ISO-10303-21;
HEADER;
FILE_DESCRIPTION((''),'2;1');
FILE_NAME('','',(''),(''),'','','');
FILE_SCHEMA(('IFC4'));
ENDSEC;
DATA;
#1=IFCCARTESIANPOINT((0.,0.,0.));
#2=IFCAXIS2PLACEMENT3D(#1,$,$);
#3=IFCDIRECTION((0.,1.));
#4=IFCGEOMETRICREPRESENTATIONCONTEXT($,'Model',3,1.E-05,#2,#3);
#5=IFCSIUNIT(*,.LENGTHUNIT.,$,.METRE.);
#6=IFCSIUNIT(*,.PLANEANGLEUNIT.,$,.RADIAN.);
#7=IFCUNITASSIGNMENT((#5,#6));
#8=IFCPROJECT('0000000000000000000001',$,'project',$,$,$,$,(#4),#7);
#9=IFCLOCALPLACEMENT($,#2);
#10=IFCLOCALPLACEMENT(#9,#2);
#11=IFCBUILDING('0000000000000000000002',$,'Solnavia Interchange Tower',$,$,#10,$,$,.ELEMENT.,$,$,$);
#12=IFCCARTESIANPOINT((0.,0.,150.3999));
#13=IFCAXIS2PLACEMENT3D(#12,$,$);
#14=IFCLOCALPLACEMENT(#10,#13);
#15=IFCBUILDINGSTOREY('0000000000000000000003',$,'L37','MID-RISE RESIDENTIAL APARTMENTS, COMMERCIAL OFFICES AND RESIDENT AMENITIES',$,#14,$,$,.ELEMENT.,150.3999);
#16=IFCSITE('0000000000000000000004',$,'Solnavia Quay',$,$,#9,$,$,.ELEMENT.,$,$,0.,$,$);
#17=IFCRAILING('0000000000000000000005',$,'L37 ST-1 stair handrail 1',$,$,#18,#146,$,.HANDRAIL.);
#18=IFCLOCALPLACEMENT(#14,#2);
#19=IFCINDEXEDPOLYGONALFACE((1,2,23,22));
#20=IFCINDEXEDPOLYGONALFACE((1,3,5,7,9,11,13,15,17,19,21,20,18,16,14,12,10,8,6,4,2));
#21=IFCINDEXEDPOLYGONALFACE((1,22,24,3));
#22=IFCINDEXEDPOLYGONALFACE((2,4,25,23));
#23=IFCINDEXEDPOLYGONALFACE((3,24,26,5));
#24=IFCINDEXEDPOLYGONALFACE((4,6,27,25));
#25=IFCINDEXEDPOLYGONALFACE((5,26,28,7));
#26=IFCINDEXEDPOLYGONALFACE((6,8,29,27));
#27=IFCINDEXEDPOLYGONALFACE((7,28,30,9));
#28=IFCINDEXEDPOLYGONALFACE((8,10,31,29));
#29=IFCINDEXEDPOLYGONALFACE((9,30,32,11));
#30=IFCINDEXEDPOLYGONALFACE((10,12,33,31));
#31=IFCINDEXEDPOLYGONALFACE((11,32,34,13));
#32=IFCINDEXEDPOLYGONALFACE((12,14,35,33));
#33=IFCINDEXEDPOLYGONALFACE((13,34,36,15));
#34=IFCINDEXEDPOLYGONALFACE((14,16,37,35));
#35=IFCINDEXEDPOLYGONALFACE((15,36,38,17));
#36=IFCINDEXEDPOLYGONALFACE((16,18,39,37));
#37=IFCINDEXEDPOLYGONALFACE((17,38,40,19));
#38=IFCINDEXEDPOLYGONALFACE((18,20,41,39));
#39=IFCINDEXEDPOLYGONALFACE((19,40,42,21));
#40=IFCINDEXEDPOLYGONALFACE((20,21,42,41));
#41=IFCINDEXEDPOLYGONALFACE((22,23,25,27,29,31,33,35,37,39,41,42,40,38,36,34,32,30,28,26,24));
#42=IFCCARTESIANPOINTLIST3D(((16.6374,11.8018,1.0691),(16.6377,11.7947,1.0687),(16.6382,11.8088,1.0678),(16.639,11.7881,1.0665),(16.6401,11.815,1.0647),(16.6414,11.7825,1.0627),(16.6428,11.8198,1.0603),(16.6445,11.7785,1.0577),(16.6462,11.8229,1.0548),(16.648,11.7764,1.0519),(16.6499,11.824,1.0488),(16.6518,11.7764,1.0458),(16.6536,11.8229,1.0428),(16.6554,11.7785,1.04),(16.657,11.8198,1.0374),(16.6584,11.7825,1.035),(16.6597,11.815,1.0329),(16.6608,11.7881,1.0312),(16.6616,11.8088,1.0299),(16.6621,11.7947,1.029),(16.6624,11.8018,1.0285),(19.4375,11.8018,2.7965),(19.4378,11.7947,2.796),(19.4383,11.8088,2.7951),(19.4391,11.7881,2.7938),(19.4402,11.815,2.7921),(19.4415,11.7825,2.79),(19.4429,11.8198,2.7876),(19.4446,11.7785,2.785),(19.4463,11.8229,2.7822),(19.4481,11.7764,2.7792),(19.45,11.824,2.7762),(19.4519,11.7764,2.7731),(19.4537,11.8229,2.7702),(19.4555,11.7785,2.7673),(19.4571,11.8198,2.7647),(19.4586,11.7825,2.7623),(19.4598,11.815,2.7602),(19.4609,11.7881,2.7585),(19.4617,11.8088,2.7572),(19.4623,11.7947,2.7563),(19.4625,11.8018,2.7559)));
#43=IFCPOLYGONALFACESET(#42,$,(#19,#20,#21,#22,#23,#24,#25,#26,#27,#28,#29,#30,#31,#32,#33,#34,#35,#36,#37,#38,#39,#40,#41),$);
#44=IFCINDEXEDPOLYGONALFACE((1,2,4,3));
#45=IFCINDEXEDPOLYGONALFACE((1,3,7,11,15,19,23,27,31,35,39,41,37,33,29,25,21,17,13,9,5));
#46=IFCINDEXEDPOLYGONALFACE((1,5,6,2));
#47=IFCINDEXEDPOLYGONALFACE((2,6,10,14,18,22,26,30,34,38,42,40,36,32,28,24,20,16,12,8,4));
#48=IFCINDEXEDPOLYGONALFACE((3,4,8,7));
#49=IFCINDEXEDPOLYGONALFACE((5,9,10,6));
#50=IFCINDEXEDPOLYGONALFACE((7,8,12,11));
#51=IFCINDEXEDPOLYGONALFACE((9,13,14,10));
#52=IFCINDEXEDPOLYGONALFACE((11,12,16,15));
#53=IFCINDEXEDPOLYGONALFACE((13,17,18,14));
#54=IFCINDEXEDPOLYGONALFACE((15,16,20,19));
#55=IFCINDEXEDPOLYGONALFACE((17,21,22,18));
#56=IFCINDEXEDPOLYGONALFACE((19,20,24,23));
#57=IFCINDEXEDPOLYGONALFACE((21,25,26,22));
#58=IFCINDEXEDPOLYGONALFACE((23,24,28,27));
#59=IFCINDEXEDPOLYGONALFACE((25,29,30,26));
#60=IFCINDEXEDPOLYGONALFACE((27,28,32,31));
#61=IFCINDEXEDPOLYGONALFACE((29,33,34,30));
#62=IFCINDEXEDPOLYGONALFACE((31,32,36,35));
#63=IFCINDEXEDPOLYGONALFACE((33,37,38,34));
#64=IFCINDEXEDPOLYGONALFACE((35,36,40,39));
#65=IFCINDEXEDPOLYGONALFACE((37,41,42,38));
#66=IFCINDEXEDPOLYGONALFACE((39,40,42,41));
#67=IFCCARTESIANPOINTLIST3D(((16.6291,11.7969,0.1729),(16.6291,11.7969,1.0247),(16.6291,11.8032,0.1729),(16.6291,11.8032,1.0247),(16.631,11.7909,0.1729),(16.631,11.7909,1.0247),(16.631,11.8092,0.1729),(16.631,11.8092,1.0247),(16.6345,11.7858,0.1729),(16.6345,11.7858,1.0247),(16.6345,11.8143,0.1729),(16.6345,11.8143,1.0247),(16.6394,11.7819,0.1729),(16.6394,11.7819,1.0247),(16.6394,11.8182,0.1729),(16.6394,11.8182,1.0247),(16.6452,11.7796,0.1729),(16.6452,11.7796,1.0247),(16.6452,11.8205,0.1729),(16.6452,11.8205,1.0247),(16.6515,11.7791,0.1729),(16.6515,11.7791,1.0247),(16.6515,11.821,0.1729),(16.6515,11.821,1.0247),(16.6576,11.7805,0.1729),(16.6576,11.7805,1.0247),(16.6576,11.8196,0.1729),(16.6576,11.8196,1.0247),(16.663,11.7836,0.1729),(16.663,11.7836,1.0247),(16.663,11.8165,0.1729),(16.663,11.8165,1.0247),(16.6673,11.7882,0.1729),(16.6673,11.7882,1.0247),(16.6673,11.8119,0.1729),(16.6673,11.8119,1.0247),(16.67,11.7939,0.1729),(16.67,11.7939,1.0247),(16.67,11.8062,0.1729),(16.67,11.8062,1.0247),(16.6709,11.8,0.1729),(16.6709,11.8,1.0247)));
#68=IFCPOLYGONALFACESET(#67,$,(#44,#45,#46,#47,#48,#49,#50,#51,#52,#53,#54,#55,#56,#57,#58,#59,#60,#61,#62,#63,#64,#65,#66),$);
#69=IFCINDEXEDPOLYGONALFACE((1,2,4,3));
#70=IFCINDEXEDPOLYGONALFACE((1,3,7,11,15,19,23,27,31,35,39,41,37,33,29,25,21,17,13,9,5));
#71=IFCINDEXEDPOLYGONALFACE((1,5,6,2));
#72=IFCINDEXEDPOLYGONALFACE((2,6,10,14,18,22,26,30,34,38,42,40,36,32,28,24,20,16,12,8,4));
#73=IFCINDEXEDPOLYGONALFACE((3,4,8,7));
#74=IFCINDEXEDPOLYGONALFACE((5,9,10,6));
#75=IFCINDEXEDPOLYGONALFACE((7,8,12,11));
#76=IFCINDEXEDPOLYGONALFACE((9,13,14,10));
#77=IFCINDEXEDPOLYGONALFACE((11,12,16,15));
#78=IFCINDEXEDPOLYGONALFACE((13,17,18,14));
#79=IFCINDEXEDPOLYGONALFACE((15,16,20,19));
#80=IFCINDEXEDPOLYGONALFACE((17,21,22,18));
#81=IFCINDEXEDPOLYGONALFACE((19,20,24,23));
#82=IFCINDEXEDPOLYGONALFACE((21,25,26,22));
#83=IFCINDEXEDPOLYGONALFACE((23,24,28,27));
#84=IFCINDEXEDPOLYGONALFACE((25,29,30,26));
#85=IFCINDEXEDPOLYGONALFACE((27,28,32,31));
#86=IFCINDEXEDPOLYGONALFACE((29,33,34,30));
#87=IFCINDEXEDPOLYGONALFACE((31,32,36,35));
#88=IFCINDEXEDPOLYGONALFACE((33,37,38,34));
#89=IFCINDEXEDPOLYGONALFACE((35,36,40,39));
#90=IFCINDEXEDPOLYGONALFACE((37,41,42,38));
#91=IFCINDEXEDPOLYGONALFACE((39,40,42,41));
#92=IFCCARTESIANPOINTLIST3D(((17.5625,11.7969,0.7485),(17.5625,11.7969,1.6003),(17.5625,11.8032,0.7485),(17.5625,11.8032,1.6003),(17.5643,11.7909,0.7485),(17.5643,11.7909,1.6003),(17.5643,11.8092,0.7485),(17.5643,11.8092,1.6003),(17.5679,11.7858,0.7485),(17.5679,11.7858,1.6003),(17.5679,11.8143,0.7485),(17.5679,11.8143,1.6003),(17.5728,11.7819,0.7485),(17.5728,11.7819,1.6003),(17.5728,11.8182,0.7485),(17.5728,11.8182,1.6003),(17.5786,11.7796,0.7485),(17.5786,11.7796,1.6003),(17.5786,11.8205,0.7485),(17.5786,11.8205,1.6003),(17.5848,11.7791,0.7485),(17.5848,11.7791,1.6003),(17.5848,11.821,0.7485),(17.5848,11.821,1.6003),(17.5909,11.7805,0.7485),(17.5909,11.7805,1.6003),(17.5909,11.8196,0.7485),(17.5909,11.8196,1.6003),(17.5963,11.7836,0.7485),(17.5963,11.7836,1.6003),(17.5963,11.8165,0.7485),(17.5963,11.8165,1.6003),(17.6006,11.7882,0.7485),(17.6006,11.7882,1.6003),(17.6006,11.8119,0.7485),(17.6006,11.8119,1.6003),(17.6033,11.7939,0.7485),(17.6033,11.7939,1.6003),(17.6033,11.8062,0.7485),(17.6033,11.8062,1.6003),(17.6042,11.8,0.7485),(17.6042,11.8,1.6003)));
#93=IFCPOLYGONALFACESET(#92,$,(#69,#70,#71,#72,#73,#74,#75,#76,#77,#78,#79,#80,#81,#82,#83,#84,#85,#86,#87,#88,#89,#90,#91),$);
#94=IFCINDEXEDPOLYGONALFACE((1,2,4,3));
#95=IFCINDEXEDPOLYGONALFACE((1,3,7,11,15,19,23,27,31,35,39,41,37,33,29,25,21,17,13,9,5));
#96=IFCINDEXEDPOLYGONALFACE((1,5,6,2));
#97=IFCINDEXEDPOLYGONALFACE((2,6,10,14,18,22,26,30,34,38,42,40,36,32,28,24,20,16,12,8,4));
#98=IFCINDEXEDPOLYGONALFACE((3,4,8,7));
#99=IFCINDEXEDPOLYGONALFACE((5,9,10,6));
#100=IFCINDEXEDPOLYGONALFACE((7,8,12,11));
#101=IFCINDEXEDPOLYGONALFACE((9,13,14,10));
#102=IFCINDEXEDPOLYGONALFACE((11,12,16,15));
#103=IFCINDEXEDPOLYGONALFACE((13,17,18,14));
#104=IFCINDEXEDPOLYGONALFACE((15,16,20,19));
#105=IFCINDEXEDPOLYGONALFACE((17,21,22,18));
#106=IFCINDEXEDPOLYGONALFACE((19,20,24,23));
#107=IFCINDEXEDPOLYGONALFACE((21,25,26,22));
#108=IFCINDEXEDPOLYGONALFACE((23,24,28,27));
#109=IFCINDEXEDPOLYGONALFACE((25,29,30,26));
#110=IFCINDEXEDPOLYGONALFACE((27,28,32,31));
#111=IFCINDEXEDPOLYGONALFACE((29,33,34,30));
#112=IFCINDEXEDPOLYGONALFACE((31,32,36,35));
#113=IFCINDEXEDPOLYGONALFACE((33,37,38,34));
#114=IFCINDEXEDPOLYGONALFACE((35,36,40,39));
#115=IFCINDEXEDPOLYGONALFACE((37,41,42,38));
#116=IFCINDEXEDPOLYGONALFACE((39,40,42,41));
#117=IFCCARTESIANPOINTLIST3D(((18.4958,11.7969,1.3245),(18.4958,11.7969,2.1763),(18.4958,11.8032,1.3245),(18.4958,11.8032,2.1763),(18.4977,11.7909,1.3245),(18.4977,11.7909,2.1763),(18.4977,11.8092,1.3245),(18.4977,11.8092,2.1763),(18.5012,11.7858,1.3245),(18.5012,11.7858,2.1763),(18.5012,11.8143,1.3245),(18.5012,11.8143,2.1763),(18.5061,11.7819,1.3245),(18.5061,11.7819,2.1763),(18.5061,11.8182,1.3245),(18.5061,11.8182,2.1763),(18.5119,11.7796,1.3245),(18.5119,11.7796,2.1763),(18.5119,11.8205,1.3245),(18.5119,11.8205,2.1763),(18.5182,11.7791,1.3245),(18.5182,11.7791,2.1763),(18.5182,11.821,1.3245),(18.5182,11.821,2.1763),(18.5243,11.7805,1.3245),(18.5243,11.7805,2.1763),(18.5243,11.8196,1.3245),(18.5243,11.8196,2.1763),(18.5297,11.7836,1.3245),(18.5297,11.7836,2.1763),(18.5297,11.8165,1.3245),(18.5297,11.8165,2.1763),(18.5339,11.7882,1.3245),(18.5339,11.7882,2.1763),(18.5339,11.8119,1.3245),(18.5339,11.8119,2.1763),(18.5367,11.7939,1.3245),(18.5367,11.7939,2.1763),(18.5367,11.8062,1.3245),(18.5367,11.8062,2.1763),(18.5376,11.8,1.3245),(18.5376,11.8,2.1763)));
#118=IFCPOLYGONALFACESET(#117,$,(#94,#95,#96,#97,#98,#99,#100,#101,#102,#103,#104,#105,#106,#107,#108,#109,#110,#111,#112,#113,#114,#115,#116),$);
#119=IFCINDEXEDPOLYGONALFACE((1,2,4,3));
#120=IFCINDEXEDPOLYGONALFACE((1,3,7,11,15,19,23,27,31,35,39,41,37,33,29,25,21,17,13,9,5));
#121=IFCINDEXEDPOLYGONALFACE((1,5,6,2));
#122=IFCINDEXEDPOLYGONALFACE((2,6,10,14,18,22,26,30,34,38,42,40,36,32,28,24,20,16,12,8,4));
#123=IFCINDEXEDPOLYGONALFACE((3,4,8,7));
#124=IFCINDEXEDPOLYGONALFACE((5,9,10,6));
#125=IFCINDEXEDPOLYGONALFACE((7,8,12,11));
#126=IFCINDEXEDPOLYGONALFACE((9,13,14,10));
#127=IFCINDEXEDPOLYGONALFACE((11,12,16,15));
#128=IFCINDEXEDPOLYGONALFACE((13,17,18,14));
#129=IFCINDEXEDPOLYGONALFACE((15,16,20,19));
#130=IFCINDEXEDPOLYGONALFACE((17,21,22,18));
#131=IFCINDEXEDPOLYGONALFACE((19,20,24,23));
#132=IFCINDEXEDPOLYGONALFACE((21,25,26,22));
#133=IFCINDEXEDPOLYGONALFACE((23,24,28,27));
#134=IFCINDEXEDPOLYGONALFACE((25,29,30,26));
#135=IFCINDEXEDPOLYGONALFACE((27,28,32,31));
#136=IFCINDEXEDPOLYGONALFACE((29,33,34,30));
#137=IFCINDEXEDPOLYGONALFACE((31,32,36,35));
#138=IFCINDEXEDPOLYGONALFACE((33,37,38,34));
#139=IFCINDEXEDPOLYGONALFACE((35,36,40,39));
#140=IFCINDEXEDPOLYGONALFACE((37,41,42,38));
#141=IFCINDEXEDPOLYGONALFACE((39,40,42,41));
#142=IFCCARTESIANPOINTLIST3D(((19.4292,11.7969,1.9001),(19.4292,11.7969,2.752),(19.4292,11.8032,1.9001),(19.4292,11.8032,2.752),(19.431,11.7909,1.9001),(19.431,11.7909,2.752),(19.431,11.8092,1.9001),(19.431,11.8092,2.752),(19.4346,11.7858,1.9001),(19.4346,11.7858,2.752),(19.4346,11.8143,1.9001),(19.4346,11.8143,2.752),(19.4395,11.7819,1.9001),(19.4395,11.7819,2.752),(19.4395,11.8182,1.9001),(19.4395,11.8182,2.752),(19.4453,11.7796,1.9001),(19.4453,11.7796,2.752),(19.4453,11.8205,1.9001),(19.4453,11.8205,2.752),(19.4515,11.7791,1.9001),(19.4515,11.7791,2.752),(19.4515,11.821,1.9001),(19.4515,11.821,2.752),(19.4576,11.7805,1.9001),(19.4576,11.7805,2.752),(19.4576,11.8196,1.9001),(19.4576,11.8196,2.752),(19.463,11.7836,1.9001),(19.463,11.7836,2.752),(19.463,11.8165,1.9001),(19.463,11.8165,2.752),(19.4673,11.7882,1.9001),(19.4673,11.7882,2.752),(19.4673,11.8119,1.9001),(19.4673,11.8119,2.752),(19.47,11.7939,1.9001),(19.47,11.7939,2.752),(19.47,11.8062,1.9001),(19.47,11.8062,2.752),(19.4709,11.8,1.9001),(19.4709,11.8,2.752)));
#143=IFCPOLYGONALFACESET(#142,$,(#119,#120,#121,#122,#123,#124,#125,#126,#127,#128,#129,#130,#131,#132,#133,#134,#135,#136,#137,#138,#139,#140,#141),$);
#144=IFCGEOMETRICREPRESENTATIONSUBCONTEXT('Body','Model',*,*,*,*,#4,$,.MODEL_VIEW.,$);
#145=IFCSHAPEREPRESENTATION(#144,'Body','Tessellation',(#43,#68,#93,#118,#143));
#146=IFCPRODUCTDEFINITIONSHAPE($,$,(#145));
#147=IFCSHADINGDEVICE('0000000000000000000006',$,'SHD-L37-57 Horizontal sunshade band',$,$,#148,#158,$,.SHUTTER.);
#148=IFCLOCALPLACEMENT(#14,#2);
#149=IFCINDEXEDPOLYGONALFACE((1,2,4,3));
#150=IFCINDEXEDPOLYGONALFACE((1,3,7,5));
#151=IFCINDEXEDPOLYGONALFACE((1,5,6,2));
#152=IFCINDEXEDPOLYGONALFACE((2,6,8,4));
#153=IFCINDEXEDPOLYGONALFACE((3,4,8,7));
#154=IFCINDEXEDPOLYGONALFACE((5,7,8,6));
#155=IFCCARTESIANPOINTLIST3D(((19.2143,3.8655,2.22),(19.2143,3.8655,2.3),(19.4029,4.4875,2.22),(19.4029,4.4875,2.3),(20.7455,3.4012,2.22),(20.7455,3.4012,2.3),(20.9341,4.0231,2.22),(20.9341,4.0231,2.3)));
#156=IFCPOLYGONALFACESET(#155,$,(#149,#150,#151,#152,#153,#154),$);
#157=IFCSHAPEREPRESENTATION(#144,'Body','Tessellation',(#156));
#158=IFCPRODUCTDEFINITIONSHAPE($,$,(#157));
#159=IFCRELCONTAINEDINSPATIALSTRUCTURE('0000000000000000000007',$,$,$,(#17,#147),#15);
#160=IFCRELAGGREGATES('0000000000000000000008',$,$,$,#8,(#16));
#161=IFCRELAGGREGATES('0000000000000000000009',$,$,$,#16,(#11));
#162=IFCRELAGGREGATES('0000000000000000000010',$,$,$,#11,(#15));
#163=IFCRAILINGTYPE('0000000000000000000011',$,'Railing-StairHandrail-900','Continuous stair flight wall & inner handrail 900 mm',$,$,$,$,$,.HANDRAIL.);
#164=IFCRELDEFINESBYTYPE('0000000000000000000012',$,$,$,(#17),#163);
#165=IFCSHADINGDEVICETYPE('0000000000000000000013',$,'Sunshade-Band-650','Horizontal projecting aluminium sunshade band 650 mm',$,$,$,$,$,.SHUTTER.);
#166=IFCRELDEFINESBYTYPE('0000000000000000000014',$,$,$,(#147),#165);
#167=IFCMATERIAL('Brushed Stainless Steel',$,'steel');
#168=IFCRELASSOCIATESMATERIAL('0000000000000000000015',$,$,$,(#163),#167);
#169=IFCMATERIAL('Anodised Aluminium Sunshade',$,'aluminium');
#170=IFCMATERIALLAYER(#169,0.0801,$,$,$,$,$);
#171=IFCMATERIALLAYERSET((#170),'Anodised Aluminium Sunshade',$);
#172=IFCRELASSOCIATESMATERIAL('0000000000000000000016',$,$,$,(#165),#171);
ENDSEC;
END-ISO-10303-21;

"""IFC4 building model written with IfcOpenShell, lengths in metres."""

from ifc_helpers import new_model, si_unit, direction, frame, origin, origin_2d, place, context, subcontext, project, spatial, rectangle, circle, extrude, material, layer, layer_set, type_object, element, save


model = new_model("IFC4")

# Units and contexts
model_context = context("Model", 3, precision=1e-05, world=origin(), true_north=direction((0.0, 1.0)))
body_context = subcontext(model_context, "Body", "Model", "MODEL_VIEW")
ifc_project = project(units=[si_unit("LENGTHUNIT", "METRE"), si_unit("PLANEANGLEUNIT", "RADIAN")], contexts=[model_context])

# Site, building, storey
site_placement = place(None, origin())
site = spatial("IfcSite", under=ifc_project, at=site_placement, Name="Solnavia Quay", CompositionType="ELEMENT", RefElevation=0.0)
building_placement = place(site_placement, origin())
building = spatial("IfcBuilding", under=site, at=building_placement, Name="Solnavia Interchange Tower", CompositionType="ELEMENT")
storey_placement = place(building_placement, frame((0.0, 0.0, 150.3999)))
storey = spatial("IfcBuildingStorey", under=building, at=storey_placement, Name="L37", Description="MID-RISE RESIDENTIAL APARTMENTS, COMMERCIAL OFFICES AND RESIDENT AMENITIES", CompositionType="ELEMENT", Elevation=150.3999)

# Railing
ifc_material_1 = material(Name="Brushed Stainless Steel", Category="steel")
railing_type_1 = type_object("IfcRailingType", Name="Railing-StairHandrail-900", Description="Continuous stair flight wall & inner handrail 900 mm", PredefinedType="HANDRAIL", material=ifc_material_1)
railing_1_placement = place(storey_placement, frame((16.6499, 11.8, 0.1729)))
element("IfcRailing", 1, at=railing_1_placement, inside=storey, type_object=railing_type_1, Name="L37 ST-1 stair handrail 1", PredefinedType="HANDRAIL", context=body_context, shape_type="SweptSolid", body=[
    extrude(circle(Radius=0.0239, at=origin_2d()), frame((0.0, 0.0, 0.876), z_axis=(0.85109, 0.0, 0.52502), x_axis=(0.0, 1.0, 0.0)), (0.0, 0.0, 1.0), 3.29),
    extrude(circle(Radius=0.021, at=origin_2d()), origin(), (0.0, 0.0, 1.0), 0.8518),
    extrude(circle(Radius=0.021, at=origin_2d()), frame((0.9333, 0.0, 0.5757)), (0.0, 0.0, 1.0), 0.8518),
    extrude(circle(Radius=0.021, at=origin_2d()), frame((1.8667, 0.0, 1.1516)), (0.0, 0.0, 1.0), 0.8518),
    extrude(circle(Radius=0.021, at=origin_2d()), frame((2.8, 0.0, 1.7273)), (0.0, 0.0, 1.0), 0.8518),
])

# Shading device
ifc_material_2 = material(Name="Anodised Aluminium Sunshade", Category="aluminium")
ifc_layer_1 = layer(ifc_material_2, 0.0801)
ifc_layer_set_1 = layer_set([ifc_layer_1], Name="Anodised Aluminium Sunshade")
shading_device_type = type_object("IfcShadingDeviceType", Name="Sunshade-Band-650", Description="Horizontal projecting aluminium sunshade band 650 mm", PredefinedType="SHUTTER", material=ifc_layer_set_1)
shading_device_placement = place(storey_placement, frame((20.0742, 3.9443, 2.22), z_axis=(0.0, 0.0, 1.0), x_axis=(-0.956966, 0.290201, 0.0)))
element("IfcShadingDevice", 2, at=shading_device_placement, inside=storey, type_object=shading_device_type, Name="SHD-L37-57 Horizontal sunshade band", PredefinedType="SHUTTER", context=body_context, shape_type="SweptSolid", body=[
    extrude(rectangle(XDim=1.6001, YDim=0.6499, at=origin_2d()), origin(), (0.0, 0.0, 1.0), 0.0801),
])

save(model, "model.ifc")
